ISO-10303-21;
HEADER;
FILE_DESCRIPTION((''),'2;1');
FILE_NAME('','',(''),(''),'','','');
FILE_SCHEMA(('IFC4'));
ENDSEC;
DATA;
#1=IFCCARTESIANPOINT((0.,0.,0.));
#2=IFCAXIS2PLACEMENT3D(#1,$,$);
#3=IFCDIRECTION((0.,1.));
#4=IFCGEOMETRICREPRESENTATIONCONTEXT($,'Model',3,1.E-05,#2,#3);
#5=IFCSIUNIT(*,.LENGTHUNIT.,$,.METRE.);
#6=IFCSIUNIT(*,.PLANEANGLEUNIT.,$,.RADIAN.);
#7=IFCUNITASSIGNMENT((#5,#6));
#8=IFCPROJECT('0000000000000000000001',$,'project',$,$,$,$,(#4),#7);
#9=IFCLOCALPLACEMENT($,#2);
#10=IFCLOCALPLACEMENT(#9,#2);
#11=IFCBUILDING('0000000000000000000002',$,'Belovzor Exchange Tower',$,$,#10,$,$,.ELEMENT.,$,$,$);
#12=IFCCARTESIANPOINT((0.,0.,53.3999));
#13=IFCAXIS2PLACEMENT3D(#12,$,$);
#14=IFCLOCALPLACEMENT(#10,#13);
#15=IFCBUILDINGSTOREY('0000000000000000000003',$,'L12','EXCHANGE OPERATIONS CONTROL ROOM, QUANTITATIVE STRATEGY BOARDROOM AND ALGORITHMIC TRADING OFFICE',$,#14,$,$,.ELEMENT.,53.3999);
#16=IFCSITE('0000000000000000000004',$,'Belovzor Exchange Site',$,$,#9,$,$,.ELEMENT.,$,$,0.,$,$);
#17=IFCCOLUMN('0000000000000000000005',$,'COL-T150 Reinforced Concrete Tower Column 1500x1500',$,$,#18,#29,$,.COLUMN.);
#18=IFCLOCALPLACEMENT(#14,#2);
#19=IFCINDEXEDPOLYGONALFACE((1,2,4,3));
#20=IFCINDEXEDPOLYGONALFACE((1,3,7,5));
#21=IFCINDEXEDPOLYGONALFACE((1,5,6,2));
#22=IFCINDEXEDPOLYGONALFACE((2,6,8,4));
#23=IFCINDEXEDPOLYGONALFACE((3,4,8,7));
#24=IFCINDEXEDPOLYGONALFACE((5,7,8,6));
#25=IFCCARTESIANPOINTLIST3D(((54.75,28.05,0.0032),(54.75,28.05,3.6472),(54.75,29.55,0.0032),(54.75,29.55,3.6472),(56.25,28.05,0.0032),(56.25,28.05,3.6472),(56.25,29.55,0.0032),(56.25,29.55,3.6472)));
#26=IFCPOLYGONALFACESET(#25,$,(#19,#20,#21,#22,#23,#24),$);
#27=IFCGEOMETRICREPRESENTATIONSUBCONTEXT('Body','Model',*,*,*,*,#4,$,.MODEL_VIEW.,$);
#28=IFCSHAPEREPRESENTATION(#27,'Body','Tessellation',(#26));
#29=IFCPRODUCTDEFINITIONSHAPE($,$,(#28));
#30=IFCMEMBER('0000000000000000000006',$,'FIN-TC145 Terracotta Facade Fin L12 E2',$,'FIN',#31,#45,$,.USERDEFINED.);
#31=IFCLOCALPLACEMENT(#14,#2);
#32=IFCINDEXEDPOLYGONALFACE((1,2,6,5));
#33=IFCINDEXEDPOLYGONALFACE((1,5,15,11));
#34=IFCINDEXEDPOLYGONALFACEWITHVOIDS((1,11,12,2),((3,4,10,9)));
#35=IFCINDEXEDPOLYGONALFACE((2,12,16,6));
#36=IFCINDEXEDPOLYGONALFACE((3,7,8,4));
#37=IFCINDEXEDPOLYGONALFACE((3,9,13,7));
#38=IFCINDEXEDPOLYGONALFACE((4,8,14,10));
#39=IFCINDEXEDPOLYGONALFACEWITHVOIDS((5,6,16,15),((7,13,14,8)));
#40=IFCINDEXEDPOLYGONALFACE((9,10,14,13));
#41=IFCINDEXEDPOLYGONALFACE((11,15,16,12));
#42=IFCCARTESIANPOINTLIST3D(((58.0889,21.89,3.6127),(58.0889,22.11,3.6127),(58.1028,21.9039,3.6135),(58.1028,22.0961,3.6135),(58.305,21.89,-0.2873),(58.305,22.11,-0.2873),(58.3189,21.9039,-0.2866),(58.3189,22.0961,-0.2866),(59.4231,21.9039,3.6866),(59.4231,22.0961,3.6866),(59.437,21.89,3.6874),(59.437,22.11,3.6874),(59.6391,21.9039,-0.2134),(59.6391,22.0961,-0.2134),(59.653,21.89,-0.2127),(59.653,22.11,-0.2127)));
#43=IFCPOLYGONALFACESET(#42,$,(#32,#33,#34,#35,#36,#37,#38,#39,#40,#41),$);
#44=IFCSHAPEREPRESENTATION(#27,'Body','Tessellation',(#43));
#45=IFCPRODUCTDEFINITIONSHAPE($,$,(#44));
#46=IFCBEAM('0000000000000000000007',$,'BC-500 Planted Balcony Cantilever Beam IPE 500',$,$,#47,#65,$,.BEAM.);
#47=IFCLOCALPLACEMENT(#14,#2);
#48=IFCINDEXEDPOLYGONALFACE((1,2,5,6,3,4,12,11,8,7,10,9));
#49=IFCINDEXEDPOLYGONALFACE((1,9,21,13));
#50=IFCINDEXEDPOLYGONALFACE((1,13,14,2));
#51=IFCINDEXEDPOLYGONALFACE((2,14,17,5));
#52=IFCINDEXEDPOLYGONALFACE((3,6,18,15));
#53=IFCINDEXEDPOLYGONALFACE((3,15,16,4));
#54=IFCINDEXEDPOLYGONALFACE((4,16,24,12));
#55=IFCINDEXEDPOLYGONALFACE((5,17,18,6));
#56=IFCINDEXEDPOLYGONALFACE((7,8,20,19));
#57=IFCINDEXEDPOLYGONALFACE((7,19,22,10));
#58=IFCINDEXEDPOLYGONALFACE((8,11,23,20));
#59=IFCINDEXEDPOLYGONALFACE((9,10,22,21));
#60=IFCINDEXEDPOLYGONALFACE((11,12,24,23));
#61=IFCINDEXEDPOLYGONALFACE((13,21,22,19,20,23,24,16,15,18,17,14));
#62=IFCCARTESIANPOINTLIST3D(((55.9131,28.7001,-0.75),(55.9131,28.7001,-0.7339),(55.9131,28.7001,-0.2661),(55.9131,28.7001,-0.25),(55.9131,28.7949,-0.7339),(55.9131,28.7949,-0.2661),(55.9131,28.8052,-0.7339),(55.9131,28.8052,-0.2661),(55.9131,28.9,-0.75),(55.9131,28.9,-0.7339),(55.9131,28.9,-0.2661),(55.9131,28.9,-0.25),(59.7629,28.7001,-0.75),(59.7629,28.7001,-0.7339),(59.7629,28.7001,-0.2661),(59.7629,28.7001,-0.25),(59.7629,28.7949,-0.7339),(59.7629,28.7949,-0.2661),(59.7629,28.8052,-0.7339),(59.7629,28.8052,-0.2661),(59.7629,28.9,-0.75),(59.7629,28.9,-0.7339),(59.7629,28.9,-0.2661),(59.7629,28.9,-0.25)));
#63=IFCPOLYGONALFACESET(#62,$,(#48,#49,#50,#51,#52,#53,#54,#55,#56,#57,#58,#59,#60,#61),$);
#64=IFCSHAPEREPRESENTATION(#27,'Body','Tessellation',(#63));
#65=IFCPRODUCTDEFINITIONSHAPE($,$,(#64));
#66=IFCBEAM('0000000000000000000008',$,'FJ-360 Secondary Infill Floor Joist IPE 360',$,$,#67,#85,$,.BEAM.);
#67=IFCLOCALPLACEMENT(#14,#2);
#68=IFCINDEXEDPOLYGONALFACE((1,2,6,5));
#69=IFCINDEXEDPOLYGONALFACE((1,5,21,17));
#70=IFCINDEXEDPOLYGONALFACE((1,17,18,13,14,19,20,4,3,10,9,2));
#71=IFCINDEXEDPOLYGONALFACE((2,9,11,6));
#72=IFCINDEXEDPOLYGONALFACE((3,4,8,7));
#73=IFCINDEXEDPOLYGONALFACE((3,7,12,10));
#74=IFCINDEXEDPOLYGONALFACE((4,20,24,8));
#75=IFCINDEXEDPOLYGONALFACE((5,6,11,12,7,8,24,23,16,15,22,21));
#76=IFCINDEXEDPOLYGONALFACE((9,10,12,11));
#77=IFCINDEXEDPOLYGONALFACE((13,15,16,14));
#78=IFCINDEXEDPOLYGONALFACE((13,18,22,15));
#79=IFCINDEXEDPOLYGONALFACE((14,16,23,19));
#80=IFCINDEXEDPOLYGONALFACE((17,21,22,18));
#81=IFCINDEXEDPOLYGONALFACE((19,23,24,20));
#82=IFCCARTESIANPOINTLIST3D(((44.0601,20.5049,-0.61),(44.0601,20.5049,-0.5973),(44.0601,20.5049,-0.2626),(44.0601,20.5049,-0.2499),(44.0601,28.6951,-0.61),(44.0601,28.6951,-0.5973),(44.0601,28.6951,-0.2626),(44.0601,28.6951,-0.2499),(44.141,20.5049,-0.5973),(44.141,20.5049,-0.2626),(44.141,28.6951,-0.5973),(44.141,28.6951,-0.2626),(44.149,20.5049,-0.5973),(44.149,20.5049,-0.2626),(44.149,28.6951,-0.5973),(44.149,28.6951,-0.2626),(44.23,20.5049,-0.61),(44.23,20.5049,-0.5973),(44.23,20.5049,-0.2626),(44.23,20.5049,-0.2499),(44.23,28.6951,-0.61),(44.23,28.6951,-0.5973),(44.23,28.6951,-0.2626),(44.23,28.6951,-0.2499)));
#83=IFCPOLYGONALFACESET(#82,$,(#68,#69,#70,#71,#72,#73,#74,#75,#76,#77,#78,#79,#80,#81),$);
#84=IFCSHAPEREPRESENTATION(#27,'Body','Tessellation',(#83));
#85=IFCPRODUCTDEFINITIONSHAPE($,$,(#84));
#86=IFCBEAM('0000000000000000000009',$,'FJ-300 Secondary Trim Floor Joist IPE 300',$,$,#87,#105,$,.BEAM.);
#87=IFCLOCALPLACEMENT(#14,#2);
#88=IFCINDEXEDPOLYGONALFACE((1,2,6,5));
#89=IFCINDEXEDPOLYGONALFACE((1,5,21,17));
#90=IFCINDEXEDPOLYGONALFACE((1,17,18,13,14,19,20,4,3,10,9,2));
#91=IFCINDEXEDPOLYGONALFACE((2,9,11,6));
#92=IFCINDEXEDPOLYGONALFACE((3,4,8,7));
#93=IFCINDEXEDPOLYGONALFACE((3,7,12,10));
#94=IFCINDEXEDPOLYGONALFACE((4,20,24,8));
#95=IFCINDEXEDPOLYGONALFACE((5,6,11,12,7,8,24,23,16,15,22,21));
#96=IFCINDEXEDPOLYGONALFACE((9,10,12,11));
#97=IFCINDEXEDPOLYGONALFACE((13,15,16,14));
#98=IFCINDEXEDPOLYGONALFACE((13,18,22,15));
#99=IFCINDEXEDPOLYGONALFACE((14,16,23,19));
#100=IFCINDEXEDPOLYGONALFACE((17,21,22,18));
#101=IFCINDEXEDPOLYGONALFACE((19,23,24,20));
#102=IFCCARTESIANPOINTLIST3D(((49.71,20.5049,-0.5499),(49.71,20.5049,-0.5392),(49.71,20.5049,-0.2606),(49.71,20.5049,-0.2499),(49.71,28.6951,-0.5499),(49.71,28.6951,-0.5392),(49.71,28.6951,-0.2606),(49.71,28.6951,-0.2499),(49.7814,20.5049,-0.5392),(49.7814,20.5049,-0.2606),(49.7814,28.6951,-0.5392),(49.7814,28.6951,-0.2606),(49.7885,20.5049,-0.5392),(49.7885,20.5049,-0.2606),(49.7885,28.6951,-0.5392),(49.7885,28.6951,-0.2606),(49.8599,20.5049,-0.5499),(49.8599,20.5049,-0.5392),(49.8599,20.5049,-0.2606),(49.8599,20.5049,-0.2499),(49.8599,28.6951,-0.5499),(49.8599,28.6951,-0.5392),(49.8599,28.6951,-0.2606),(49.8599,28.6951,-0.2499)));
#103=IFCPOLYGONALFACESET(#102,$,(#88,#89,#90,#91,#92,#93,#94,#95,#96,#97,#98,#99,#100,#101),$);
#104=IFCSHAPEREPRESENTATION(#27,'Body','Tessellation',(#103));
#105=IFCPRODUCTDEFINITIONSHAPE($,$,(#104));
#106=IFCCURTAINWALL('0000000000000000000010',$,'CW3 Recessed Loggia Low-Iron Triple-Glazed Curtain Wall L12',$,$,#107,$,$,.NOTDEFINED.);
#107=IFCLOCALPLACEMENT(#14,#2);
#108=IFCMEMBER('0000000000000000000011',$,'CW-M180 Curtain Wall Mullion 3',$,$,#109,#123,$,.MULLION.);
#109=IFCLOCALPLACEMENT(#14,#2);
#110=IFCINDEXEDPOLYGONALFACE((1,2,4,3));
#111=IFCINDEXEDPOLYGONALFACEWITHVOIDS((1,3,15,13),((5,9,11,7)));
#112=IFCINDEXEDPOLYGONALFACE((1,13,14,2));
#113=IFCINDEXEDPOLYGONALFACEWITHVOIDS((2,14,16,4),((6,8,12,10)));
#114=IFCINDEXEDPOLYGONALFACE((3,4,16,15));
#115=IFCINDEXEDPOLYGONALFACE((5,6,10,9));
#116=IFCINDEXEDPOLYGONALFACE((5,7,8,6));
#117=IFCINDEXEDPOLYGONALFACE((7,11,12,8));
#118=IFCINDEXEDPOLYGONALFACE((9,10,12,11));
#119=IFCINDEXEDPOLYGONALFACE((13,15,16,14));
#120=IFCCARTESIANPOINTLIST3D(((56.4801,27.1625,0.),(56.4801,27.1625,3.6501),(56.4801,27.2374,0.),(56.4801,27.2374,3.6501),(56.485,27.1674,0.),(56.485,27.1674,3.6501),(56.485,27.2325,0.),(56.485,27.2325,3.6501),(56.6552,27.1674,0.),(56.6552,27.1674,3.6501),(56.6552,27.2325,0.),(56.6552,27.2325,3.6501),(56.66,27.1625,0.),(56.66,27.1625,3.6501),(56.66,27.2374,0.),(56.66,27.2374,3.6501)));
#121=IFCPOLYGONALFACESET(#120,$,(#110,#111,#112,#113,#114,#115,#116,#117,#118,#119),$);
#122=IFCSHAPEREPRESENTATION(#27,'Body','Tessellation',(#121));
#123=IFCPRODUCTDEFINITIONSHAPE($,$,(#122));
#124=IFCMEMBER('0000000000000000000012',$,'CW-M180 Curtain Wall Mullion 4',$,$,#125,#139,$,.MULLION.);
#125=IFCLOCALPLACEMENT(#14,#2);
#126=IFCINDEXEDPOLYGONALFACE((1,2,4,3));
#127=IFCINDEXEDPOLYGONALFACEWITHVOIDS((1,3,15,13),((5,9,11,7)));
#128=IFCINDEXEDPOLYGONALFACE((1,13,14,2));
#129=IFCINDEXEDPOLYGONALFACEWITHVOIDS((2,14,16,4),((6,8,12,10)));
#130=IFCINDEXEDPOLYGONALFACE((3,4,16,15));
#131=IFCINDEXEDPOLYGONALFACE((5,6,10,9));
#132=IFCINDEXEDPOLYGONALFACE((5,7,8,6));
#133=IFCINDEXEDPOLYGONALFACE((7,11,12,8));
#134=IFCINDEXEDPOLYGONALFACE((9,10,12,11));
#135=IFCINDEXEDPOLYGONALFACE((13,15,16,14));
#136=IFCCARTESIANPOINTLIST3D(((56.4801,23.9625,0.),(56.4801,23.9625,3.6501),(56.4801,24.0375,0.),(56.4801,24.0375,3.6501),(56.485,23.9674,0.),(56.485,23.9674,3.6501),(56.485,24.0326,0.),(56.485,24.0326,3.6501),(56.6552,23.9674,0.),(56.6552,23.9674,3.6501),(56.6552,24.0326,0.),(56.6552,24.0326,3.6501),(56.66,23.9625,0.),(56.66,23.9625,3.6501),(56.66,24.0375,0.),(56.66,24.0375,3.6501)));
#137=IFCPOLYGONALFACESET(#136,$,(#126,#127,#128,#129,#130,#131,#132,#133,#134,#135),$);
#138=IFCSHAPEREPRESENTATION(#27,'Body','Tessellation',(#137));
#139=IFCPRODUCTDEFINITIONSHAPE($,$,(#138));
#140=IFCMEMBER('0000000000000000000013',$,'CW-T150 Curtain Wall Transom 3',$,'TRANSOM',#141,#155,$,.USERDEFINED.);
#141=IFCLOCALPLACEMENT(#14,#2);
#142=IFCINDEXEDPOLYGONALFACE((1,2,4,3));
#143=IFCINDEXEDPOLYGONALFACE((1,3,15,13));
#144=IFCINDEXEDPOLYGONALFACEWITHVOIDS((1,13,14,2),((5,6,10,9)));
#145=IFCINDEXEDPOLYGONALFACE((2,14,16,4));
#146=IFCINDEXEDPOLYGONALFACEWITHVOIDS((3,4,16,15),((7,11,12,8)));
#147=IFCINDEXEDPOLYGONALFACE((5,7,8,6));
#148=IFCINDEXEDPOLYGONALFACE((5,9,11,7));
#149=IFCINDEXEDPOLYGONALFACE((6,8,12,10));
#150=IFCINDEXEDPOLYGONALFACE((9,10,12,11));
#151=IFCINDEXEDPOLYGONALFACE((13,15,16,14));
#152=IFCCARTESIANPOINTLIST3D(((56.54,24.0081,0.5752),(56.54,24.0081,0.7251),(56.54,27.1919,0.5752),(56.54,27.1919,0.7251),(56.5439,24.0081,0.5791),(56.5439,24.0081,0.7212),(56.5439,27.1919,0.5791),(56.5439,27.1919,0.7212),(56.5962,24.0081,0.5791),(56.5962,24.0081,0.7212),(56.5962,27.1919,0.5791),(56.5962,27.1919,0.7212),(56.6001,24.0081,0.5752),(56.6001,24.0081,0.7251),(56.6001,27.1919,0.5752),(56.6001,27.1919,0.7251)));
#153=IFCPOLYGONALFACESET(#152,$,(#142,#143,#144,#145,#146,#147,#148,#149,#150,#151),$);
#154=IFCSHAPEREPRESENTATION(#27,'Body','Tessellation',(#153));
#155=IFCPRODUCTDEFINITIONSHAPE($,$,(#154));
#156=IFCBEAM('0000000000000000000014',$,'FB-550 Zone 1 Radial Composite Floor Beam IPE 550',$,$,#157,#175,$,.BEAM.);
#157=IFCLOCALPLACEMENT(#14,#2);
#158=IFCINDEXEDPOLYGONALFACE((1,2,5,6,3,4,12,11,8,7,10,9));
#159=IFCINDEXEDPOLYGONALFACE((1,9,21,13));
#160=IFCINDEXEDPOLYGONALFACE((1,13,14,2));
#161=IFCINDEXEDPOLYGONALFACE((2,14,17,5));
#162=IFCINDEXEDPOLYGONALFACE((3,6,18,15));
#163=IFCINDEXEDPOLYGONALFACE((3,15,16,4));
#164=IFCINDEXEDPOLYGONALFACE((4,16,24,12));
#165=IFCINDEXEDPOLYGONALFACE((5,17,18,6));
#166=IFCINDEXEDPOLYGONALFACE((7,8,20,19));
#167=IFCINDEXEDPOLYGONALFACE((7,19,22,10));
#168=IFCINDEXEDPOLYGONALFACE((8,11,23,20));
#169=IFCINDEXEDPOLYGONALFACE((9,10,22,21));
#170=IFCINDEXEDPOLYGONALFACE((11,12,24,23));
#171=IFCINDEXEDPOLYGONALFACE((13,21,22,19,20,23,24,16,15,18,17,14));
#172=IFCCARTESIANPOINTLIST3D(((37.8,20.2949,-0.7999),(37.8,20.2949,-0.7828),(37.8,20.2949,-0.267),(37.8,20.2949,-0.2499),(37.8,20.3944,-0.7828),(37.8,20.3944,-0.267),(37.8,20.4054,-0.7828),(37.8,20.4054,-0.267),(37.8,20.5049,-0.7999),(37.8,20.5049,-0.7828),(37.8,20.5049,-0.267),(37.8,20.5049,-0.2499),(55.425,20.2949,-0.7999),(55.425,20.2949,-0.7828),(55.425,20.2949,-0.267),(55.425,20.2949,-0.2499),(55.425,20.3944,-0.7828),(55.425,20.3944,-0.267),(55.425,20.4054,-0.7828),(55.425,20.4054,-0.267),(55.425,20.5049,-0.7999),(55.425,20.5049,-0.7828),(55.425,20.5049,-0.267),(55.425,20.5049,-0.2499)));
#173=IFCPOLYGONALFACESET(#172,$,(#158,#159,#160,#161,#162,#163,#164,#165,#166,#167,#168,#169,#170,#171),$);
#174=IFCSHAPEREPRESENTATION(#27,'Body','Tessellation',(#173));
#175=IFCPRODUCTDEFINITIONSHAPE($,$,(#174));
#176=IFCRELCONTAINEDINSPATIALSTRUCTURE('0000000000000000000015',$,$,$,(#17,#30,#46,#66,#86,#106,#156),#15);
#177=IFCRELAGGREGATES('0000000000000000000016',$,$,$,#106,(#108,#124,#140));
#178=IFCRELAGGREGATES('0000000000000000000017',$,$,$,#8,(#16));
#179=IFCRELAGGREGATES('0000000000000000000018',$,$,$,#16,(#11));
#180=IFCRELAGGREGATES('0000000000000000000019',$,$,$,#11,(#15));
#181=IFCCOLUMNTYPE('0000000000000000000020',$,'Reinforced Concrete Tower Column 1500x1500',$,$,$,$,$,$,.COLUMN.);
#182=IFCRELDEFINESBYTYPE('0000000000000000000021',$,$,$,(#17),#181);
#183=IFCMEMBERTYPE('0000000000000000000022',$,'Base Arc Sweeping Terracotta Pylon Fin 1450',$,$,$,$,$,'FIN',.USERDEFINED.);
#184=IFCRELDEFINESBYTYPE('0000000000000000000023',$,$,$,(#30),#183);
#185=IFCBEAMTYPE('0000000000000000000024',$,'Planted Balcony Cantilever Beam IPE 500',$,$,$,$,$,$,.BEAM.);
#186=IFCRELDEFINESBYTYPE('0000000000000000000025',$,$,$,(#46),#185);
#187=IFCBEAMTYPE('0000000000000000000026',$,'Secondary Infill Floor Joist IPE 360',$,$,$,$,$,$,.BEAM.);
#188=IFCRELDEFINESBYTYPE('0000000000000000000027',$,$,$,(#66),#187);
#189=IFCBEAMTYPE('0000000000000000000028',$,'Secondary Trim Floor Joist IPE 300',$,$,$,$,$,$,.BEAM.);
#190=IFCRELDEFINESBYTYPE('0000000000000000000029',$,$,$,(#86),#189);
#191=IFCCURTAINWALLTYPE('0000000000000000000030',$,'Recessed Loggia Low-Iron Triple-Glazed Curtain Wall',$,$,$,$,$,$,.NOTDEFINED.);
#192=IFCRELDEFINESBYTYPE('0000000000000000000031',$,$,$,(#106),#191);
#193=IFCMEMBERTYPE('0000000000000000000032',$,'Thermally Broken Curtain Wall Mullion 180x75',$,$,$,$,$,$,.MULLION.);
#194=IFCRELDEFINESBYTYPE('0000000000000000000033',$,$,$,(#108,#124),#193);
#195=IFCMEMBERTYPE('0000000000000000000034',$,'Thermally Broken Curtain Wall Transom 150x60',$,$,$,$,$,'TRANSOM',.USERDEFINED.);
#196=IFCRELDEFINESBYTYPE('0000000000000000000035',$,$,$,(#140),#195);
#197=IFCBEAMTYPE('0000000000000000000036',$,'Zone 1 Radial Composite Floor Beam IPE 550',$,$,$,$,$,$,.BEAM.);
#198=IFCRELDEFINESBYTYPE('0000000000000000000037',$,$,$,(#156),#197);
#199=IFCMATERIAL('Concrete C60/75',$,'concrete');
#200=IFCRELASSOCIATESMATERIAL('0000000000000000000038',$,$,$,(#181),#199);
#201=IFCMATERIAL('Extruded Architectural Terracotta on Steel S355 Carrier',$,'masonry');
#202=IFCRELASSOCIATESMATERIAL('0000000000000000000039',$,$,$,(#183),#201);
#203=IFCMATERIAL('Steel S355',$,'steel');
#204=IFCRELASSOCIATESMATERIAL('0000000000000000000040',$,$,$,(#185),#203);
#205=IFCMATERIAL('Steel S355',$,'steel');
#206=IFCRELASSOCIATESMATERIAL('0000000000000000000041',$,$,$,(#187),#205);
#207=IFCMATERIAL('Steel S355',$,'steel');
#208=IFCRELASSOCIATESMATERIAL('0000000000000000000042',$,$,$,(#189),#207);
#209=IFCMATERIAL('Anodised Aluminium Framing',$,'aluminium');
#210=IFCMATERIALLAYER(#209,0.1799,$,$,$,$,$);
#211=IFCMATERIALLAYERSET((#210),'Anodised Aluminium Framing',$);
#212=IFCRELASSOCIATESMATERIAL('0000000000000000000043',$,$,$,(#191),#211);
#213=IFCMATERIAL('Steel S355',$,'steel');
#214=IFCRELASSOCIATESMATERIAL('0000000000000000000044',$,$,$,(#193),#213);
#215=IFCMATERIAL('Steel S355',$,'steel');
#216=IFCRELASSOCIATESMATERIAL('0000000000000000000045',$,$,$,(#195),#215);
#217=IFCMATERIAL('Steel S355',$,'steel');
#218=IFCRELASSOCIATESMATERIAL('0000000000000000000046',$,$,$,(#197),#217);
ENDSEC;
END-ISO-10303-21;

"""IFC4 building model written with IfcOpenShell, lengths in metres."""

from ifc_helpers import new_model, si_unit, direction, frame, origin, origin_2d, place, context, subcontext, project, spatial, rectangle, hollow_rectangle, i_section, extrude, material, layer, layer_set, material_profile, profile_set, type_object, element, aggregate, save


model = new_model("IFC4")

# Units and contexts
model_context = context("Model", 3, precision=1e-05, world=origin(), true_north=direction((0.0, 1.0)))
body_context = subcontext(model_context, "Body", "Model", "MODEL_VIEW")
ifc_project = project(units=[si_unit("LENGTHUNIT", "METRE"), si_unit("PLANEANGLEUNIT", "RADIAN")], contexts=[model_context])

# Site, building, storey
site_placement = place(None, origin())
site = spatial("IfcSite", under=ifc_project, at=site_placement, Name="Belovzor Exchange Site", CompositionType="ELEMENT", RefElevation=0.0)
building_placement = place(site_placement, origin())
building = spatial("IfcBuilding", under=site, at=building_placement, Name="Belovzor Exchange Tower", CompositionType="ELEMENT")
storey_placement = place(building_placement, frame((0.0, 0.0, 53.3999)))
storey = spatial("IfcBuildingStorey", under=building, at=storey_placement, Name="L12", Description="EXCHANGE OPERATIONS CONTROL ROOM, QUANTITATIVE STRATEGY BOARDROOM AND ALGORITHMIC TRADING OFFICE", CompositionType="ELEMENT", Elevation=53.3999)

# Column
ifc_material_1 = material(Name="Concrete C60/75", Category="concrete")
ifc_material_profile_1 = material_profile(ifc_material_1, rectangle(XDim=1.5, YDim=1.5, at=origin_2d()))
ifc_profile_set_1 = profile_set([ifc_material_profile_1], Name="Concrete C60/75")
column_type = type_object("IfcColumnType", Name="Reinforced Concrete Tower Column 1500x1500", PredefinedType="COLUMN", material=ifc_profile_set_1)
column_placement = place(storey_placement, frame((55.5, 28.8, 0.0032), z_axis=(0.0, 0.0, 1.0), x_axis=(1.0, 0.0, 0.0)))
element("IfcColumn", 1, at=column_placement, inside=storey, type_object=column_type, Name="COL-T150 Reinforced Concrete Tower Column 1500x1500", PredefinedType="COLUMN", context=body_context, shape_type="SweptSolid", body=[
    extrude(rectangle(XDim=1.5, YDim=1.5, at=origin_2d()), origin(), (0.0, 0.0, 1.0), 3.644),
])

# Member
ifc_material_2 = material(Name="Extruded Architectural Terracotta on Steel S355 Carrier", Category="masonry")
ifc_material_profile_2 = material_profile(ifc_material_2, hollow_rectangle(XDim=0.22, YDim=1.3501, WallThickness=0.0139, at=origin_2d()))
ifc_profile_set_2 = profile_set([ifc_material_profile_2], Name="Extruded Architectural Terracotta on Steel S355 Carrier")
member_type_1 = type_object("IfcMemberType", Name="Base Arc Sweeping Terracotta Pylon Fin 1450", ElementType="FIN", PredefinedType="USERDEFINED", material=ifc_profile_set_2)
member_1_placement = place(storey_placement, frame((58.979, 22.0, -0.25), z_axis=(-0.055314, 0.0, 0.998469), x_axis=(0.0, -1.0, 0.0)))
element("IfcMember", 2, at=member_1_placement, inside=storey, type_object=member_type_1, Name="FIN-TC145 Terracotta Facade Fin L12 E2", ObjectType="FIN", PredefinedType="USERDEFINED", context=body_context, shape_type="SweptSolid", body=[
    extrude(hollow_rectangle(XDim=0.22, YDim=1.3501, WallThickness=0.0139, at=origin_2d()), origin(), (0.0, 0.0, 1.0), 3.906),
])

# Beams
ifc_material_3 = material(Name="Steel S355", Category="steel")
ifc_material_profile_3 = material_profile(ifc_material_3, i_section(OverallWidth=0.2, OverallDepth=0.5, WebThickness=0.0103, FlangeThickness=0.0161, at=origin_2d()))
ifc_profile_set_3 = profile_set([ifc_material_profile_3], Name="Steel S355")
beam_type_1 = type_object("IfcBeamType", Name="Planted Balcony Cantilever Beam IPE 500", PredefinedType="BEAM", material=ifc_profile_set_3)
beam_1_placement = place(storey_placement, frame((55.9131, 28.8, -0.5), z_axis=(1.0, 0.0, 0.0), x_axis=(0.0, 1.0, 0.0)))
element("IfcBeam", 3, at=beam_1_placement, inside=storey, type_object=beam_type_1, Name="BC-500 Planted Balcony Cantilever Beam IPE 500", PredefinedType="BEAM", context=body_context, shape_type="SweptSolid", body=[
    extrude(i_section(OverallWidth=0.2, OverallDepth=0.5, WebThickness=0.0103, FlangeThickness=0.0161, at=origin_2d()), origin(), (0.0, 0.0, 1.0), 3.8499),
])
ifc_material_4 = material(Name="Steel S355", Category="steel")
ifc_material_profile_4 = material_profile(ifc_material_4, i_section(OverallWidth=0.1699, OverallDepth=0.3601, WebThickness=0.0081, FlangeThickness=0.0127, at=origin_2d()))
ifc_profile_set_4 = profile_set([ifc_material_profile_4], Name="Steel S355")
beam_type_2 = type_object("IfcBeamType", Name="Secondary Infill Floor Joist IPE 360", PredefinedType="BEAM", material=ifc_profile_set_4)
beam_2_placement = place(storey_placement, frame((44.145, 20.5049, -0.4299), z_axis=(0.0, 1.0, 0.0), x_axis=(-1.0, 0.0, 0.0)))
element("IfcBeam", 4, at=beam_2_placement, inside=storey, type_object=beam_type_2, Name="FJ-360 Secondary Infill Floor Joist IPE 360", PredefinedType="BEAM", context=body_context, shape_type="SweptSolid", body=[
    extrude(i_section(OverallWidth=0.1699, OverallDepth=0.3601, WebThickness=0.0081, FlangeThickness=0.0127, at=origin_2d()), origin(), (0.0, 0.0, 1.0), 8.1902),
])
ifc_material_5 = material(Name="Steel S355", Category="steel")
ifc_material_profile_5 = material_profile(ifc_material_5, i_section(OverallWidth=0.1499, OverallDepth=0.3, WebThickness=0.0071, FlangeThickness=0.0107, at=origin_2d()))
ifc_profile_set_5 = profile_set([ifc_material_profile_5], Name="Steel S355")
beam_type_3 = type_object("IfcBeamType", Name="Secondary Trim Floor Joist IPE 300", PredefinedType="BEAM", material=ifc_profile_set_5)
beam_3_placement = place(storey_placement, frame((49.7849, 20.5049, -0.3999), z_axis=(0.0, 1.0, 0.0), x_axis=(-1.0, 0.0, 0.0)))
element("IfcBeam", 5, at=beam_3_placement, inside=storey, type_object=beam_type_3, Name="FJ-300 Secondary Trim Floor Joist IPE 300", PredefinedType="BEAM", context=body_context, shape_type="SweptSolid", body=[
    extrude(i_section(OverallWidth=0.1499, OverallDepth=0.3, WebThickness=0.0071, FlangeThickness=0.0107, at=origin_2d()), origin(), (0.0, 0.0, 1.0), 8.1902),
])

# Curtain wall, members
ifc_material_6 = material(Name="Anodised Aluminium Framing", Category="aluminium")
ifc_layer_1 = layer(ifc_material_6, 0.1799)
ifc_layer_set_1 = layer_set([ifc_layer_1], Name="Anodised Aluminium Framing")
curtain_wall_type = type_object("IfcCurtainWallType", Name="Recessed Loggia Low-Iron Triple-Glazed Curtain Wall", PredefinedType="NOTDEFINED", material=ifc_layer_set_1)
curtain_wall_placement = place(storey_placement, origin())
curtain_wall = element("IfcCurtainWall", 6, at=curtain_wall_placement, inside=storey, type_object=curtain_wall_type, Name="CW3 Recessed Loggia Low-Iron Triple-Glazed Curtain Wall L12", PredefinedType="NOTDEFINED")
ifc_material_7 = material(Name="Steel S355", Category="steel")
ifc_material_profile_6 = material_profile(ifc_material_7, hollow_rectangle(XDim=0.075, YDim=0.1799, WallThickness=0.0049, at=origin_2d()))
ifc_profile_set_6 = profile_set([ifc_material_profile_6], Name="Steel S355")
member_type_2 = type_object("IfcMemberType", Name="Thermally Broken Curtain Wall Mullion 180x75", PredefinedType="MULLION", material=ifc_profile_set_6)
member_2_placement = place(storey_placement, frame((56.5701, 27.2, 0.0), z_axis=(0.0, 0.0, 1.0), x_axis=(0.0, -1.0, 0.0)))
member_2 = element("IfcMember", 7, at=member_2_placement, type_object=member_type_2, Name="CW-M180 Curtain Wall Mullion 3", PredefinedType="MULLION", context=body_context, shape_type="SweptSolid", body=[
    extrude(hollow_rectangle(XDim=0.075, YDim=0.1799, WallThickness=0.0049, at=origin_2d()), origin(), (0.0, 0.0, 1.0), 3.6501),
])
member_3_placement = place(storey_placement, frame((56.5701, 24.0, 0.0), z_axis=(0.0, 0.0, 1.0), x_axis=(0.0, -1.0, 0.0)))
member_3 = element("IfcMember", 8, at=member_3_placement, type_object=member_type_2, Name="CW-M180 Curtain Wall Mullion 4", PredefinedType="MULLION", context=body_context, shape_type="SweptSolid", body=[
    extrude(hollow_rectangle(XDim=0.075, YDim=0.1799, WallThickness=0.0049, at=origin_2d()), origin(), (0.0, 0.0, 1.0), 3.6501),
])
ifc_material_8 = material(Name="Steel S355", Category="steel")
ifc_material_profile_7 = material_profile(ifc_material_8, hollow_rectangle(XDim=0.0601, YDim=0.1499, WallThickness=0.0039, at=origin_2d()))
ifc_profile_set_7 = profile_set([ifc_material_profile_7], Name="Steel S355")
member_type_3 = type_object("IfcMemberType", Name="Thermally Broken Curtain Wall Transom 150x60", ElementType="TRANSOM", PredefinedType="USERDEFINED", material=ifc_profile_set_7)
member_4_placement = place(storey_placement, frame((56.5701, 27.1919, 0.6501), z_axis=(0.0, -1.0, 0.0), x_axis=(1.0, 0.0, 0.0)))
member_4 = element("IfcMember", 9, at=member_4_placement, type_object=member_type_3, Name="CW-T150 Curtain Wall Transom 3", ObjectType="TRANSOM", PredefinedType="USERDEFINED", context=body_context, shape_type="SweptSolid", body=[
    extrude(hollow_rectangle(XDim=0.0601, YDim=0.1499, WallThickness=0.0039, at=origin_2d()), origin(), (0.0, 0.0, 1.0), 3.1838),
])

# Beam
ifc_material_9 = material(Name="Steel S355", Category="steel")
ifc_material_profile_8 = material_profile(ifc_material_9, i_section(OverallWidth=0.21, OverallDepth=0.55, WebThickness=0.011, FlangeThickness=0.0171, at=origin_2d()))
ifc_profile_set_8 = profile_set([ifc_material_profile_8], Name="Steel S355")
beam_type_4 = type_object("IfcBeamType", Name="Zone 1 Radial Composite Floor Beam IPE 550", PredefinedType="BEAM", material=ifc_profile_set_8)
beam_4_placement = place(storey_placement, frame((37.8, 20.3999, -0.5249), z_axis=(1.0, 0.0, 0.0), x_axis=(0.0, 1.0, 0.0)))
element("IfcBeam", 10, at=beam_4_placement, inside=storey, type_object=beam_type_4, Name="FB-550 Zone 1 Radial Composite Floor Beam IPE 550", PredefinedType="BEAM", context=body_context, shape_type="SweptSolid", body=[
    extrude(i_section(OverallWidth=0.21, OverallDepth=0.55, WebThickness=0.011, FlangeThickness=0.0171, at=origin_2d()), origin(), (0.0, 0.0, 1.0), 17.625),
])

aggregate(curtain_wall, [member_2, member_3, member_4])

save(model, "model.ifc")
